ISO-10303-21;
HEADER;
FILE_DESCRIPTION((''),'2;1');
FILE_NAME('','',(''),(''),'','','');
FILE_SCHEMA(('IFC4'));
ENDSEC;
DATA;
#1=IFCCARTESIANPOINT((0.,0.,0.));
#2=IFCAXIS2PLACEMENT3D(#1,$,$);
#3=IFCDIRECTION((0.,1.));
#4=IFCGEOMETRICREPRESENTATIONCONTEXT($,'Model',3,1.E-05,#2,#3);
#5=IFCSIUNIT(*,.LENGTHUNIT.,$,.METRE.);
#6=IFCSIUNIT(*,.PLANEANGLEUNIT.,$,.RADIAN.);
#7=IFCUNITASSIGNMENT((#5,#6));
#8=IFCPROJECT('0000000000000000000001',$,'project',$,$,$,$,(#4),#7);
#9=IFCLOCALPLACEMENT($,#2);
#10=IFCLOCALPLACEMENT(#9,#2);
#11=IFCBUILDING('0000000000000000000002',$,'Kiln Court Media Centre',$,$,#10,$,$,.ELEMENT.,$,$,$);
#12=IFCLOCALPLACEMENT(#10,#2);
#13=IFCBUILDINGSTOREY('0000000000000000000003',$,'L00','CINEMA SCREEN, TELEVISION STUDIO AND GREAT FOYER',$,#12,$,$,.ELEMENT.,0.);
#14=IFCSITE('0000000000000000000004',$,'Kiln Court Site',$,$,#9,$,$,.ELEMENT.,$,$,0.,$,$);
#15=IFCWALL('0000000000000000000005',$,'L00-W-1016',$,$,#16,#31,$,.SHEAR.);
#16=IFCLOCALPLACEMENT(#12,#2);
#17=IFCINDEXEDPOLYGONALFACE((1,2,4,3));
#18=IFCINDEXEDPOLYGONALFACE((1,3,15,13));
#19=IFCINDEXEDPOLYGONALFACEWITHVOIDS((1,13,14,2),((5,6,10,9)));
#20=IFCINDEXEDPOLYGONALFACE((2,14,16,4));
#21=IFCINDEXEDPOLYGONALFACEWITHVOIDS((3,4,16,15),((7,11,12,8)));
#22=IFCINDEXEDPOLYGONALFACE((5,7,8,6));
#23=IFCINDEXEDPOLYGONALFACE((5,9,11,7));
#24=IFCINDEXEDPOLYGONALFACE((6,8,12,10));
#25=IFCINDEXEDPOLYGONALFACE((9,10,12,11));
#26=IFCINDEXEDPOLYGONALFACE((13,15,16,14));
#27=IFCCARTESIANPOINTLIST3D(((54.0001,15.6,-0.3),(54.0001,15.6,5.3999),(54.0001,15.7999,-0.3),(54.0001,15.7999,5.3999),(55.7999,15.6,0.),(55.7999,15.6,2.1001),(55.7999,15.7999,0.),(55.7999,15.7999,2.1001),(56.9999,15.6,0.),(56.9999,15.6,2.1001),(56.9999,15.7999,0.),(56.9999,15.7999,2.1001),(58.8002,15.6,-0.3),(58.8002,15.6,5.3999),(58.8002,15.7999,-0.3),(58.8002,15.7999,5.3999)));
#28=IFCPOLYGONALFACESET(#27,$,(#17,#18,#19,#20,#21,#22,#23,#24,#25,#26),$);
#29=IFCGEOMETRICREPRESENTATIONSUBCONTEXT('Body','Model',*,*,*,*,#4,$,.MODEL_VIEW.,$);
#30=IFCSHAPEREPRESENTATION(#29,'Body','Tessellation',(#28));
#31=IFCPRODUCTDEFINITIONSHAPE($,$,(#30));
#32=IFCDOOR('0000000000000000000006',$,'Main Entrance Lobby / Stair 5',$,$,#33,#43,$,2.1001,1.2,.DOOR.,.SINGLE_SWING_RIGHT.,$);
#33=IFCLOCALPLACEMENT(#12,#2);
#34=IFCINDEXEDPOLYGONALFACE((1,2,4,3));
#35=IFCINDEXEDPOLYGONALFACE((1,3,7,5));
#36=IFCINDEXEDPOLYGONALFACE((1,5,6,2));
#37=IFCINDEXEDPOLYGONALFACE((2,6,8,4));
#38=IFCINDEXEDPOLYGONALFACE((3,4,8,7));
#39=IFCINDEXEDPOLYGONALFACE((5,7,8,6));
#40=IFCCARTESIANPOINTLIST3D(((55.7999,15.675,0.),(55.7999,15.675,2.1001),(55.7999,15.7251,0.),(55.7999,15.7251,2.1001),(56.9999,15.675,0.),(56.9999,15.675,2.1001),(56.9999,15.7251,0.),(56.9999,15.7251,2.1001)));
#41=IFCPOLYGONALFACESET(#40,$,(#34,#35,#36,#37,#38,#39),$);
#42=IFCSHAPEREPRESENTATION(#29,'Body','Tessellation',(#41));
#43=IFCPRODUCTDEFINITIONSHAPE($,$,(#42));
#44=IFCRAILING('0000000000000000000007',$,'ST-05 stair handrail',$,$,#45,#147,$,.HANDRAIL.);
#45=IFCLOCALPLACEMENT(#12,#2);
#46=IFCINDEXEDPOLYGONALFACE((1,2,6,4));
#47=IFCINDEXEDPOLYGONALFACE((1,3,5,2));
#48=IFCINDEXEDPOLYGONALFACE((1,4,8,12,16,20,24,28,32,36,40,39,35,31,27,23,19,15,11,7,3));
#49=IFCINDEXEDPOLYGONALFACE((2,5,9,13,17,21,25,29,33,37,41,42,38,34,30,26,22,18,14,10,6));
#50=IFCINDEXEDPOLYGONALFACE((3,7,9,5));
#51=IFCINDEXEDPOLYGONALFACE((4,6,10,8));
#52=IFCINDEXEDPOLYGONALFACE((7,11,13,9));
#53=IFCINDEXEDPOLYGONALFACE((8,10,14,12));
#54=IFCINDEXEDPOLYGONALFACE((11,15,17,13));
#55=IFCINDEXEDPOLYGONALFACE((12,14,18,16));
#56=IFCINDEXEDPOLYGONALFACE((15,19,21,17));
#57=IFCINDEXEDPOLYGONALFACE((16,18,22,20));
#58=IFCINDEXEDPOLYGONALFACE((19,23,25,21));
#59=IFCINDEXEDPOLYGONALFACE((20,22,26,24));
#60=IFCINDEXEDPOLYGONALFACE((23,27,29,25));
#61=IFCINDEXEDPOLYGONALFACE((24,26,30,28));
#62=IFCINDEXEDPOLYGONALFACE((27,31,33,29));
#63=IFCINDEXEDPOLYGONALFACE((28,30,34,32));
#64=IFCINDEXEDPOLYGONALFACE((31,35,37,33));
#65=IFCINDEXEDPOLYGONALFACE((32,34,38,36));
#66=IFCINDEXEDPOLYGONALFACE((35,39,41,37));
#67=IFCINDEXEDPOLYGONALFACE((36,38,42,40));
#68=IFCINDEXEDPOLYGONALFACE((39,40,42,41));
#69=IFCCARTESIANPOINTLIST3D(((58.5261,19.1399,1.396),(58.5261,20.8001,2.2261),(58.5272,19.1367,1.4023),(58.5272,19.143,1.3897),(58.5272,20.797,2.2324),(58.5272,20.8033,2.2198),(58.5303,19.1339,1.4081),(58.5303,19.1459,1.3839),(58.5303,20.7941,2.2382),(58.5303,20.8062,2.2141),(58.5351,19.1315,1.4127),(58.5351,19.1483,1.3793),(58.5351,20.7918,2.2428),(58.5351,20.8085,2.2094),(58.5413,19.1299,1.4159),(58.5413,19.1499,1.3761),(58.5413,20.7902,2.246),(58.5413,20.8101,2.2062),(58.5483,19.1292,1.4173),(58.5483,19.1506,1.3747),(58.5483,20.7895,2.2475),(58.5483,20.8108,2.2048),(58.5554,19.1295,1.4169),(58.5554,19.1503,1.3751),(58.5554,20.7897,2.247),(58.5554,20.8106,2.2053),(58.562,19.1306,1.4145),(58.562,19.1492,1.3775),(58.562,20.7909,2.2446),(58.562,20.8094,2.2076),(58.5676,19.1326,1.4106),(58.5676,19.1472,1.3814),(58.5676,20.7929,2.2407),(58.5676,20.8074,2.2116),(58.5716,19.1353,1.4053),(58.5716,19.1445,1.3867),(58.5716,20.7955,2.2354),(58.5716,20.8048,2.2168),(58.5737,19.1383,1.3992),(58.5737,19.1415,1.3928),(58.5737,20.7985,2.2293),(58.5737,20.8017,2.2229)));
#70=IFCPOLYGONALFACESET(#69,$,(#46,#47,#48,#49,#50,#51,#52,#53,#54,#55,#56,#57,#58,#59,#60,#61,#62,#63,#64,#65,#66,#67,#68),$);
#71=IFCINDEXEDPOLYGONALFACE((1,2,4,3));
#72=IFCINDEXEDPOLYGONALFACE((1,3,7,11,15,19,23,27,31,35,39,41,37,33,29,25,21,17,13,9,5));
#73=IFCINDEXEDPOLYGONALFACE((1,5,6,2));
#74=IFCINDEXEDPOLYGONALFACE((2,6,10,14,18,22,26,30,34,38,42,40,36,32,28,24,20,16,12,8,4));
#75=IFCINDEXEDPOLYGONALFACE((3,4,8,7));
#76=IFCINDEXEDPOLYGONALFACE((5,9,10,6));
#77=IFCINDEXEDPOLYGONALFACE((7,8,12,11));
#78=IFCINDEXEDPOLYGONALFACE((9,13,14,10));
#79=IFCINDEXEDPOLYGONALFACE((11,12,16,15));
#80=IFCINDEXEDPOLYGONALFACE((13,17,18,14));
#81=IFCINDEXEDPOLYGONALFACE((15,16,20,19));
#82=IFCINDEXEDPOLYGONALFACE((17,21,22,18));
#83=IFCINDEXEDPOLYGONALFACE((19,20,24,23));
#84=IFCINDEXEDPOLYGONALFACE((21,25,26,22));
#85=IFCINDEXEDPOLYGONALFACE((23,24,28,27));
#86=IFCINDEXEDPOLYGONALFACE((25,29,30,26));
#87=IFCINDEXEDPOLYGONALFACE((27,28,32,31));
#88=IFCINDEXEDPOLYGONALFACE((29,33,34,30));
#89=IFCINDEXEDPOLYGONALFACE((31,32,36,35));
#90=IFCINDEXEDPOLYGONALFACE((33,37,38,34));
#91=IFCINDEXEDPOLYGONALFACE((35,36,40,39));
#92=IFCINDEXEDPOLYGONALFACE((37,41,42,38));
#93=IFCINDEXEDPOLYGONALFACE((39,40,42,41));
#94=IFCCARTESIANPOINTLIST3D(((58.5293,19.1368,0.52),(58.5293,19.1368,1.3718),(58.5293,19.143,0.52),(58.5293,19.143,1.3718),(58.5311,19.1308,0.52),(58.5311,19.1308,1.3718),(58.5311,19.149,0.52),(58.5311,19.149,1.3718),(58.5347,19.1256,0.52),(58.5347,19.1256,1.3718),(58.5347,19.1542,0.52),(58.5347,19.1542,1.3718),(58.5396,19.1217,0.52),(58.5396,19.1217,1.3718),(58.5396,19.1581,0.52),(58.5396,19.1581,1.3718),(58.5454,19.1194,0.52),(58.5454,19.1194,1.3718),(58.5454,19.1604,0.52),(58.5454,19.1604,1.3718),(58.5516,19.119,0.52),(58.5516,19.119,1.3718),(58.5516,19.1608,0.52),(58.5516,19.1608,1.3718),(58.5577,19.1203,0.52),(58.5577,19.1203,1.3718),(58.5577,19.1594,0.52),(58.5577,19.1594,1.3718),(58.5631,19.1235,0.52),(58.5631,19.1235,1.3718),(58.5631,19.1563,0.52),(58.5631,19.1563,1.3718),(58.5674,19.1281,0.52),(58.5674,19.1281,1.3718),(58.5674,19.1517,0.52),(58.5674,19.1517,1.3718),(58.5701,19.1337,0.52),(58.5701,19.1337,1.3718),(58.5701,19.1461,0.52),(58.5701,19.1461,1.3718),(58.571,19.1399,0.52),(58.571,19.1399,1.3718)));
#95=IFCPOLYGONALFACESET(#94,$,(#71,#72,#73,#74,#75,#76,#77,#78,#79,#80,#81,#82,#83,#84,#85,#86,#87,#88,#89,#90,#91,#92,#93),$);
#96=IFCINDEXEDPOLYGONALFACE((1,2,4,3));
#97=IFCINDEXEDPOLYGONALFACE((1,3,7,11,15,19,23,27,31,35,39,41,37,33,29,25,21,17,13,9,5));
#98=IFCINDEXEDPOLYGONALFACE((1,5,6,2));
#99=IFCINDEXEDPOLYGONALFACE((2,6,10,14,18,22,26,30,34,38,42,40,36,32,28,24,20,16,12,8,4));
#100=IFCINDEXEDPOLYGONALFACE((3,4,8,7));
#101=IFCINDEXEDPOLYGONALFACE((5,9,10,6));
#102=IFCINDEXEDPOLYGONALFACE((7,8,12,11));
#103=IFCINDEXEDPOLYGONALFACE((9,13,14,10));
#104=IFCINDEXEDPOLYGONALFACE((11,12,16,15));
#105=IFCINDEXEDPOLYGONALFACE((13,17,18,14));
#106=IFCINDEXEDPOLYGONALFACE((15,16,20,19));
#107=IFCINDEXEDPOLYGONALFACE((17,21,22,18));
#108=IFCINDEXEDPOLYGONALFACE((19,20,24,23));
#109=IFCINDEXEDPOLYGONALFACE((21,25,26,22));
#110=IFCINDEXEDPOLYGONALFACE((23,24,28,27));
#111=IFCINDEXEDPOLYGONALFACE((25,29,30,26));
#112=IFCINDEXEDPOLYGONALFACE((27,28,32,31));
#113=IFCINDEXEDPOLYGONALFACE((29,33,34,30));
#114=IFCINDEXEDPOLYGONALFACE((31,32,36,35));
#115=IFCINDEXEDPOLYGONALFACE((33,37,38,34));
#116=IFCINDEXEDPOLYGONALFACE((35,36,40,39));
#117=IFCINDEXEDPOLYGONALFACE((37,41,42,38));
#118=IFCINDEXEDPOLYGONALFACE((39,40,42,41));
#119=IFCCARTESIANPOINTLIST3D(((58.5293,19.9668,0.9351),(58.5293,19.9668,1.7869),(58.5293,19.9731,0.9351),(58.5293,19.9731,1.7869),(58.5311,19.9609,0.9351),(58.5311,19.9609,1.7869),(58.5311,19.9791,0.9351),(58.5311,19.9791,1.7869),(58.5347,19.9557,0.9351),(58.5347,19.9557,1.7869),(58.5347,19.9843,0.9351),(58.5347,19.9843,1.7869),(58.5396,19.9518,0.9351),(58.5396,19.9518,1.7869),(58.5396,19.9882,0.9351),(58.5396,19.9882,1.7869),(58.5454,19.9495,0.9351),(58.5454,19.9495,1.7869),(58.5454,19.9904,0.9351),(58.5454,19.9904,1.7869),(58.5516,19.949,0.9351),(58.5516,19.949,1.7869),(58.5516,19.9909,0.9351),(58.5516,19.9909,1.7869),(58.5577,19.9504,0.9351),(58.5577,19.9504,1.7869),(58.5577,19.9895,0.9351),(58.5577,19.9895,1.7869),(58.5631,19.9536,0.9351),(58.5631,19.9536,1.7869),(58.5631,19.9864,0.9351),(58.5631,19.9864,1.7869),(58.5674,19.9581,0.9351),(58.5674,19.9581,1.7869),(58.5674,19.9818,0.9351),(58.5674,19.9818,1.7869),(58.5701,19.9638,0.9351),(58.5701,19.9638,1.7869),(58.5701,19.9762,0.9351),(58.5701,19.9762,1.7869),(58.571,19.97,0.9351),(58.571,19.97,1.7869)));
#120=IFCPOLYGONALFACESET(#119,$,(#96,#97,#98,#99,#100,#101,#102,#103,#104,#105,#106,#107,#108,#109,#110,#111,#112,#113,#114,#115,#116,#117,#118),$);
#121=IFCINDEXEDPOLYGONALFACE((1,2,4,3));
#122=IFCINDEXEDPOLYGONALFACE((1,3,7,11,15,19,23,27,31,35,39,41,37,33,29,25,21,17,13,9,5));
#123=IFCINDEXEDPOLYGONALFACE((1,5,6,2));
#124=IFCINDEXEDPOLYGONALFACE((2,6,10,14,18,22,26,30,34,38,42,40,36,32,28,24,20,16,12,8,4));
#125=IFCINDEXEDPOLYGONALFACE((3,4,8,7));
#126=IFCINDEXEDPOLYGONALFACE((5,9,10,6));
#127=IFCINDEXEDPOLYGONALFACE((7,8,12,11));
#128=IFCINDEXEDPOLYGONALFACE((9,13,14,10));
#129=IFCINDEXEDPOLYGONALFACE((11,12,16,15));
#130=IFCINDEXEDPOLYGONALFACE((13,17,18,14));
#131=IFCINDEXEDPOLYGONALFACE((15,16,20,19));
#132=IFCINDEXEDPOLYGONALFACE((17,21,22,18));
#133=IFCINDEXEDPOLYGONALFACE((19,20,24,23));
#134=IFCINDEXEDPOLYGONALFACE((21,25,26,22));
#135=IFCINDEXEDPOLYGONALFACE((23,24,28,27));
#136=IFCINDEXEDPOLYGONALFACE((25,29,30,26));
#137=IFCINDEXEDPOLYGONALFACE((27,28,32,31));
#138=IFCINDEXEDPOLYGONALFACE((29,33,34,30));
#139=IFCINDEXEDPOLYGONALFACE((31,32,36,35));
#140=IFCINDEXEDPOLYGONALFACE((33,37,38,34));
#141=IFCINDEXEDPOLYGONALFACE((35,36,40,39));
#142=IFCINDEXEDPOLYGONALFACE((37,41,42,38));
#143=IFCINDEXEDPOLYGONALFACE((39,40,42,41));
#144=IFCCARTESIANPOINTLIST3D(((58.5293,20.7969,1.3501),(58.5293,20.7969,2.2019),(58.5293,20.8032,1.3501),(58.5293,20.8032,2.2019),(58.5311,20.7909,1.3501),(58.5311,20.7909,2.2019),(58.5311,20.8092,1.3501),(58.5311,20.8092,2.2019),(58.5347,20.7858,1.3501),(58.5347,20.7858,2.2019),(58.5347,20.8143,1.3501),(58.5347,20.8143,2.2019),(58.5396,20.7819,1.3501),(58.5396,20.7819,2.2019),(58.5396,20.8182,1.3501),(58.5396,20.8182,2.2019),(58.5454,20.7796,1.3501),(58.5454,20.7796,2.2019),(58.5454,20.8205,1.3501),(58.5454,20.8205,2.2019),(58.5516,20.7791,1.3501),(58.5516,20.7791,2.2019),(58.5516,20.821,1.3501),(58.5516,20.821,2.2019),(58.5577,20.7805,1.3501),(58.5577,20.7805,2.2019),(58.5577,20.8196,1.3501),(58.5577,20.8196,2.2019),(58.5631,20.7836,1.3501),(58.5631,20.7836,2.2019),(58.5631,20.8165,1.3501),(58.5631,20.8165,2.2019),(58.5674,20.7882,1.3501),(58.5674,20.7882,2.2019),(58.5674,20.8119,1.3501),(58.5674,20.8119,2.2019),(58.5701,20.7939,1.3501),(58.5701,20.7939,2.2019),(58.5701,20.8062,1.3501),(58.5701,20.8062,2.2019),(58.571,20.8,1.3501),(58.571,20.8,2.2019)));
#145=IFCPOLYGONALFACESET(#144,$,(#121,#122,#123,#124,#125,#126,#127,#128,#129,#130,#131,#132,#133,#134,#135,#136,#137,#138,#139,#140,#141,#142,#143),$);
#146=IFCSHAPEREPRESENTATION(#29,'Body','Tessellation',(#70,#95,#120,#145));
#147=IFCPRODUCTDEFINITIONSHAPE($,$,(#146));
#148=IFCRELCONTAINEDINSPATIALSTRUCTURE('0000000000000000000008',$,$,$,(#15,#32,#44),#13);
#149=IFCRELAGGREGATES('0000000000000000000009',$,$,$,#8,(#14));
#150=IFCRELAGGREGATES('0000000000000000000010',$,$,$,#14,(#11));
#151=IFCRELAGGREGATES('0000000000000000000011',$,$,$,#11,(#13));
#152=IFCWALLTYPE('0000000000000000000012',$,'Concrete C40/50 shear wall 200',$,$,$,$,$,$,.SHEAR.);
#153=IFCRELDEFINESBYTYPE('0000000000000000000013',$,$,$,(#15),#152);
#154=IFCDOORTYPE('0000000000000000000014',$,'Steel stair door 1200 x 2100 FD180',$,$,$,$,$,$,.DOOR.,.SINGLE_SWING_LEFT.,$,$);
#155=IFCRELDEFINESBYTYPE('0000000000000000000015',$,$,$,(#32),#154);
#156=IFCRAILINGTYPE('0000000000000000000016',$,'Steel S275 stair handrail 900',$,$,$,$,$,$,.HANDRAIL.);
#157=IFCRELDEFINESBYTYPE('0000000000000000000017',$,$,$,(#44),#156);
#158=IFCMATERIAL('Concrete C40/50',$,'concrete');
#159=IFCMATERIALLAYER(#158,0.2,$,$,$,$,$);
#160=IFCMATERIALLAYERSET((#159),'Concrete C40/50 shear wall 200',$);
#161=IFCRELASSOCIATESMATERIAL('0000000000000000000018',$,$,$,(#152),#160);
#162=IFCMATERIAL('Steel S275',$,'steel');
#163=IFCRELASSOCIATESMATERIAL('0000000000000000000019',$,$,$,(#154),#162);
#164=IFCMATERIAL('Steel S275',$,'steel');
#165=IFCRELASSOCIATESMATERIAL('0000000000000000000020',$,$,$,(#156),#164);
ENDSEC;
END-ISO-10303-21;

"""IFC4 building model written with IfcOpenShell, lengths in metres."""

from ifc_helpers import new_model, si_unit, direction, frame, frame_2d, origin, origin_2d, place, context, subcontext, project, spatial, rectangle, circle, extrude, material, layer, layer_set, type_object, element, fill, save


model = new_model("IFC4")

# Units and contexts
model_context = context("Model", 3, precision=1e-05, world=origin(), true_north=direction((0.0, 1.0)))
body_context = subcontext(model_context, "Body", "Model", "MODEL_VIEW")
ifc_project = project(units=[si_unit("LENGTHUNIT", "METRE"), si_unit("PLANEANGLEUNIT", "RADIAN")], contexts=[model_context])

# Site, building, storey
site_placement = place(None, origin())
site = spatial("IfcSite", under=ifc_project, at=site_placement, Name="Kiln Court Site", CompositionType="ELEMENT", RefElevation=0.0)
building_placement = place(site_placement, origin())
building = spatial("IfcBuilding", under=site, at=building_placement, Name="Kiln Court Media Centre", CompositionType="ELEMENT")
storey_placement = place(building_placement, origin())
storey = spatial("IfcBuildingStorey", under=building, at=storey_placement, Name="L00", Description="CINEMA SCREEN, TELEVISION STUDIO AND GREAT FOYER", CompositionType="ELEMENT", Elevation=0.0)

# Wall, opening, door
ifc_material_1 = material(Name="Concrete C40/50", Category="concrete")
ifc_layer_1 = layer(ifc_material_1, 0.2)
ifc_layer_set_1 = layer_set([ifc_layer_1], Name="Concrete C40/50 shear wall 200")
wall_type_1 = type_object("IfcWallType", Name="Concrete C40/50 shear wall 200", PredefinedType="SHEAR", material=ifc_layer_set_1)
wall_1_placement = place(storey_placement, frame((58.8, 15.7, -0.3), z_axis=(0.0, 0.0, 1.0), x_axis=(-1.0, 0.0, 0.0)))
wall_1 = element("IfcWall", 1, at=wall_1_placement, inside=storey, type_object=wall_type_1, Name="L00-W-1016", PredefinedType="SHEAR", context=body_context, shape_type="SweptSolid", body=[
    extrude(rectangle(XDim=4.8, YDim=0.2, at=frame_2d((2.3999, 0.0))), origin(), (0.0, 0.0, 1.0), 5.7),
])
opening_1_placement = place(wall_1_placement, frame((1.8, 0.0, 0.3)))
opening_1 = element("IfcOpeningElement", 2, at=opening_1_placement, cuts=wall_1, PredefinedType="OPENING", context=body_context, shape_type="SweptSolid", body=[
    extrude(rectangle(XDim=1.2, YDim=2.1001, at=frame_2d((0.6001, 1.05))), frame((0.0, 0.1099, 0.0), z_axis=(0.0, -1.0, 0.0), x_axis=(1.0, 0.0, 0.0)), (0.0, 0.0, 1.0), 0.22),
])
ifc_material_2 = material(Name="Steel S275", Category="steel")
door_type_1 = type_object("IfcDoorType", Name="Steel stair door 1200 x 2100 FD180", OperationType="SINGLE_SWING_LEFT", PredefinedType="DOOR", material=ifc_material_2)
door_1_placement = place(opening_1_placement, origin())
door_1 = element("IfcDoor", 3, at=door_1_placement, inside=storey, type_object=door_type_1, Name="Main Entrance Lobby / Stair 5", OperationType="SINGLE_SWING_RIGHT", OverallHeight=2.1001, OverallWidth=1.2, PredefinedType="DOOR", context=body_context, shape_type="SweptSolid", body=[
    extrude(rectangle(XDim=1.2, YDim=2.1001, at=frame_2d((0.6001, 1.05))), frame((0.0, 0.0249, 0.0), z_axis=(0.0, -1.0, 0.0), x_axis=(1.0, 0.0, 0.0)), (0.0, 0.0, 1.0), 0.05),
])
fill(opening_1, door_1)

# Railing
ifc_material_3 = material(Name="Steel S275", Category="steel")
railing_type_1 = type_object("IfcRailingType", Name="Steel S275 stair handrail 900", PredefinedType="HANDRAIL", material=ifc_material_3)
railing_1_placement = place(storey_placement, frame((58.55, 19.1399, 0.52)))
element("IfcRailing", 4, at=railing_1_placement, inside=storey, type_object=railing_type_1, Name="ST-05 stair handrail", PredefinedType="HANDRAIL", context=body_context, shape_type="SweptSolid", body=[
    extrude(circle(Radius=0.0239, at=origin_2d()), frame((0.0, 0.0, 0.876), z_axis=(0.0, 0.894427, 0.447214), x_axis=(-1.0, 0.0, 0.0)), (0.0, 0.0, 1.0), 1.8562),
    extrude(circle(Radius=0.021, at=origin_2d()), origin(), (0.0, 0.0, 1.0), 0.8518),
    extrude(circle(Radius=0.021, at=origin_2d()), frame((0.0, 0.8301, 0.415)), (0.0, 0.0, 1.0), 0.8518),
    extrude(circle(Radius=0.021, at=origin_2d()), frame((0.0, 1.6602, 0.8301)), (0.0, 0.0, 1.0), 0.8518),
])

save(model, "model.ifc")
